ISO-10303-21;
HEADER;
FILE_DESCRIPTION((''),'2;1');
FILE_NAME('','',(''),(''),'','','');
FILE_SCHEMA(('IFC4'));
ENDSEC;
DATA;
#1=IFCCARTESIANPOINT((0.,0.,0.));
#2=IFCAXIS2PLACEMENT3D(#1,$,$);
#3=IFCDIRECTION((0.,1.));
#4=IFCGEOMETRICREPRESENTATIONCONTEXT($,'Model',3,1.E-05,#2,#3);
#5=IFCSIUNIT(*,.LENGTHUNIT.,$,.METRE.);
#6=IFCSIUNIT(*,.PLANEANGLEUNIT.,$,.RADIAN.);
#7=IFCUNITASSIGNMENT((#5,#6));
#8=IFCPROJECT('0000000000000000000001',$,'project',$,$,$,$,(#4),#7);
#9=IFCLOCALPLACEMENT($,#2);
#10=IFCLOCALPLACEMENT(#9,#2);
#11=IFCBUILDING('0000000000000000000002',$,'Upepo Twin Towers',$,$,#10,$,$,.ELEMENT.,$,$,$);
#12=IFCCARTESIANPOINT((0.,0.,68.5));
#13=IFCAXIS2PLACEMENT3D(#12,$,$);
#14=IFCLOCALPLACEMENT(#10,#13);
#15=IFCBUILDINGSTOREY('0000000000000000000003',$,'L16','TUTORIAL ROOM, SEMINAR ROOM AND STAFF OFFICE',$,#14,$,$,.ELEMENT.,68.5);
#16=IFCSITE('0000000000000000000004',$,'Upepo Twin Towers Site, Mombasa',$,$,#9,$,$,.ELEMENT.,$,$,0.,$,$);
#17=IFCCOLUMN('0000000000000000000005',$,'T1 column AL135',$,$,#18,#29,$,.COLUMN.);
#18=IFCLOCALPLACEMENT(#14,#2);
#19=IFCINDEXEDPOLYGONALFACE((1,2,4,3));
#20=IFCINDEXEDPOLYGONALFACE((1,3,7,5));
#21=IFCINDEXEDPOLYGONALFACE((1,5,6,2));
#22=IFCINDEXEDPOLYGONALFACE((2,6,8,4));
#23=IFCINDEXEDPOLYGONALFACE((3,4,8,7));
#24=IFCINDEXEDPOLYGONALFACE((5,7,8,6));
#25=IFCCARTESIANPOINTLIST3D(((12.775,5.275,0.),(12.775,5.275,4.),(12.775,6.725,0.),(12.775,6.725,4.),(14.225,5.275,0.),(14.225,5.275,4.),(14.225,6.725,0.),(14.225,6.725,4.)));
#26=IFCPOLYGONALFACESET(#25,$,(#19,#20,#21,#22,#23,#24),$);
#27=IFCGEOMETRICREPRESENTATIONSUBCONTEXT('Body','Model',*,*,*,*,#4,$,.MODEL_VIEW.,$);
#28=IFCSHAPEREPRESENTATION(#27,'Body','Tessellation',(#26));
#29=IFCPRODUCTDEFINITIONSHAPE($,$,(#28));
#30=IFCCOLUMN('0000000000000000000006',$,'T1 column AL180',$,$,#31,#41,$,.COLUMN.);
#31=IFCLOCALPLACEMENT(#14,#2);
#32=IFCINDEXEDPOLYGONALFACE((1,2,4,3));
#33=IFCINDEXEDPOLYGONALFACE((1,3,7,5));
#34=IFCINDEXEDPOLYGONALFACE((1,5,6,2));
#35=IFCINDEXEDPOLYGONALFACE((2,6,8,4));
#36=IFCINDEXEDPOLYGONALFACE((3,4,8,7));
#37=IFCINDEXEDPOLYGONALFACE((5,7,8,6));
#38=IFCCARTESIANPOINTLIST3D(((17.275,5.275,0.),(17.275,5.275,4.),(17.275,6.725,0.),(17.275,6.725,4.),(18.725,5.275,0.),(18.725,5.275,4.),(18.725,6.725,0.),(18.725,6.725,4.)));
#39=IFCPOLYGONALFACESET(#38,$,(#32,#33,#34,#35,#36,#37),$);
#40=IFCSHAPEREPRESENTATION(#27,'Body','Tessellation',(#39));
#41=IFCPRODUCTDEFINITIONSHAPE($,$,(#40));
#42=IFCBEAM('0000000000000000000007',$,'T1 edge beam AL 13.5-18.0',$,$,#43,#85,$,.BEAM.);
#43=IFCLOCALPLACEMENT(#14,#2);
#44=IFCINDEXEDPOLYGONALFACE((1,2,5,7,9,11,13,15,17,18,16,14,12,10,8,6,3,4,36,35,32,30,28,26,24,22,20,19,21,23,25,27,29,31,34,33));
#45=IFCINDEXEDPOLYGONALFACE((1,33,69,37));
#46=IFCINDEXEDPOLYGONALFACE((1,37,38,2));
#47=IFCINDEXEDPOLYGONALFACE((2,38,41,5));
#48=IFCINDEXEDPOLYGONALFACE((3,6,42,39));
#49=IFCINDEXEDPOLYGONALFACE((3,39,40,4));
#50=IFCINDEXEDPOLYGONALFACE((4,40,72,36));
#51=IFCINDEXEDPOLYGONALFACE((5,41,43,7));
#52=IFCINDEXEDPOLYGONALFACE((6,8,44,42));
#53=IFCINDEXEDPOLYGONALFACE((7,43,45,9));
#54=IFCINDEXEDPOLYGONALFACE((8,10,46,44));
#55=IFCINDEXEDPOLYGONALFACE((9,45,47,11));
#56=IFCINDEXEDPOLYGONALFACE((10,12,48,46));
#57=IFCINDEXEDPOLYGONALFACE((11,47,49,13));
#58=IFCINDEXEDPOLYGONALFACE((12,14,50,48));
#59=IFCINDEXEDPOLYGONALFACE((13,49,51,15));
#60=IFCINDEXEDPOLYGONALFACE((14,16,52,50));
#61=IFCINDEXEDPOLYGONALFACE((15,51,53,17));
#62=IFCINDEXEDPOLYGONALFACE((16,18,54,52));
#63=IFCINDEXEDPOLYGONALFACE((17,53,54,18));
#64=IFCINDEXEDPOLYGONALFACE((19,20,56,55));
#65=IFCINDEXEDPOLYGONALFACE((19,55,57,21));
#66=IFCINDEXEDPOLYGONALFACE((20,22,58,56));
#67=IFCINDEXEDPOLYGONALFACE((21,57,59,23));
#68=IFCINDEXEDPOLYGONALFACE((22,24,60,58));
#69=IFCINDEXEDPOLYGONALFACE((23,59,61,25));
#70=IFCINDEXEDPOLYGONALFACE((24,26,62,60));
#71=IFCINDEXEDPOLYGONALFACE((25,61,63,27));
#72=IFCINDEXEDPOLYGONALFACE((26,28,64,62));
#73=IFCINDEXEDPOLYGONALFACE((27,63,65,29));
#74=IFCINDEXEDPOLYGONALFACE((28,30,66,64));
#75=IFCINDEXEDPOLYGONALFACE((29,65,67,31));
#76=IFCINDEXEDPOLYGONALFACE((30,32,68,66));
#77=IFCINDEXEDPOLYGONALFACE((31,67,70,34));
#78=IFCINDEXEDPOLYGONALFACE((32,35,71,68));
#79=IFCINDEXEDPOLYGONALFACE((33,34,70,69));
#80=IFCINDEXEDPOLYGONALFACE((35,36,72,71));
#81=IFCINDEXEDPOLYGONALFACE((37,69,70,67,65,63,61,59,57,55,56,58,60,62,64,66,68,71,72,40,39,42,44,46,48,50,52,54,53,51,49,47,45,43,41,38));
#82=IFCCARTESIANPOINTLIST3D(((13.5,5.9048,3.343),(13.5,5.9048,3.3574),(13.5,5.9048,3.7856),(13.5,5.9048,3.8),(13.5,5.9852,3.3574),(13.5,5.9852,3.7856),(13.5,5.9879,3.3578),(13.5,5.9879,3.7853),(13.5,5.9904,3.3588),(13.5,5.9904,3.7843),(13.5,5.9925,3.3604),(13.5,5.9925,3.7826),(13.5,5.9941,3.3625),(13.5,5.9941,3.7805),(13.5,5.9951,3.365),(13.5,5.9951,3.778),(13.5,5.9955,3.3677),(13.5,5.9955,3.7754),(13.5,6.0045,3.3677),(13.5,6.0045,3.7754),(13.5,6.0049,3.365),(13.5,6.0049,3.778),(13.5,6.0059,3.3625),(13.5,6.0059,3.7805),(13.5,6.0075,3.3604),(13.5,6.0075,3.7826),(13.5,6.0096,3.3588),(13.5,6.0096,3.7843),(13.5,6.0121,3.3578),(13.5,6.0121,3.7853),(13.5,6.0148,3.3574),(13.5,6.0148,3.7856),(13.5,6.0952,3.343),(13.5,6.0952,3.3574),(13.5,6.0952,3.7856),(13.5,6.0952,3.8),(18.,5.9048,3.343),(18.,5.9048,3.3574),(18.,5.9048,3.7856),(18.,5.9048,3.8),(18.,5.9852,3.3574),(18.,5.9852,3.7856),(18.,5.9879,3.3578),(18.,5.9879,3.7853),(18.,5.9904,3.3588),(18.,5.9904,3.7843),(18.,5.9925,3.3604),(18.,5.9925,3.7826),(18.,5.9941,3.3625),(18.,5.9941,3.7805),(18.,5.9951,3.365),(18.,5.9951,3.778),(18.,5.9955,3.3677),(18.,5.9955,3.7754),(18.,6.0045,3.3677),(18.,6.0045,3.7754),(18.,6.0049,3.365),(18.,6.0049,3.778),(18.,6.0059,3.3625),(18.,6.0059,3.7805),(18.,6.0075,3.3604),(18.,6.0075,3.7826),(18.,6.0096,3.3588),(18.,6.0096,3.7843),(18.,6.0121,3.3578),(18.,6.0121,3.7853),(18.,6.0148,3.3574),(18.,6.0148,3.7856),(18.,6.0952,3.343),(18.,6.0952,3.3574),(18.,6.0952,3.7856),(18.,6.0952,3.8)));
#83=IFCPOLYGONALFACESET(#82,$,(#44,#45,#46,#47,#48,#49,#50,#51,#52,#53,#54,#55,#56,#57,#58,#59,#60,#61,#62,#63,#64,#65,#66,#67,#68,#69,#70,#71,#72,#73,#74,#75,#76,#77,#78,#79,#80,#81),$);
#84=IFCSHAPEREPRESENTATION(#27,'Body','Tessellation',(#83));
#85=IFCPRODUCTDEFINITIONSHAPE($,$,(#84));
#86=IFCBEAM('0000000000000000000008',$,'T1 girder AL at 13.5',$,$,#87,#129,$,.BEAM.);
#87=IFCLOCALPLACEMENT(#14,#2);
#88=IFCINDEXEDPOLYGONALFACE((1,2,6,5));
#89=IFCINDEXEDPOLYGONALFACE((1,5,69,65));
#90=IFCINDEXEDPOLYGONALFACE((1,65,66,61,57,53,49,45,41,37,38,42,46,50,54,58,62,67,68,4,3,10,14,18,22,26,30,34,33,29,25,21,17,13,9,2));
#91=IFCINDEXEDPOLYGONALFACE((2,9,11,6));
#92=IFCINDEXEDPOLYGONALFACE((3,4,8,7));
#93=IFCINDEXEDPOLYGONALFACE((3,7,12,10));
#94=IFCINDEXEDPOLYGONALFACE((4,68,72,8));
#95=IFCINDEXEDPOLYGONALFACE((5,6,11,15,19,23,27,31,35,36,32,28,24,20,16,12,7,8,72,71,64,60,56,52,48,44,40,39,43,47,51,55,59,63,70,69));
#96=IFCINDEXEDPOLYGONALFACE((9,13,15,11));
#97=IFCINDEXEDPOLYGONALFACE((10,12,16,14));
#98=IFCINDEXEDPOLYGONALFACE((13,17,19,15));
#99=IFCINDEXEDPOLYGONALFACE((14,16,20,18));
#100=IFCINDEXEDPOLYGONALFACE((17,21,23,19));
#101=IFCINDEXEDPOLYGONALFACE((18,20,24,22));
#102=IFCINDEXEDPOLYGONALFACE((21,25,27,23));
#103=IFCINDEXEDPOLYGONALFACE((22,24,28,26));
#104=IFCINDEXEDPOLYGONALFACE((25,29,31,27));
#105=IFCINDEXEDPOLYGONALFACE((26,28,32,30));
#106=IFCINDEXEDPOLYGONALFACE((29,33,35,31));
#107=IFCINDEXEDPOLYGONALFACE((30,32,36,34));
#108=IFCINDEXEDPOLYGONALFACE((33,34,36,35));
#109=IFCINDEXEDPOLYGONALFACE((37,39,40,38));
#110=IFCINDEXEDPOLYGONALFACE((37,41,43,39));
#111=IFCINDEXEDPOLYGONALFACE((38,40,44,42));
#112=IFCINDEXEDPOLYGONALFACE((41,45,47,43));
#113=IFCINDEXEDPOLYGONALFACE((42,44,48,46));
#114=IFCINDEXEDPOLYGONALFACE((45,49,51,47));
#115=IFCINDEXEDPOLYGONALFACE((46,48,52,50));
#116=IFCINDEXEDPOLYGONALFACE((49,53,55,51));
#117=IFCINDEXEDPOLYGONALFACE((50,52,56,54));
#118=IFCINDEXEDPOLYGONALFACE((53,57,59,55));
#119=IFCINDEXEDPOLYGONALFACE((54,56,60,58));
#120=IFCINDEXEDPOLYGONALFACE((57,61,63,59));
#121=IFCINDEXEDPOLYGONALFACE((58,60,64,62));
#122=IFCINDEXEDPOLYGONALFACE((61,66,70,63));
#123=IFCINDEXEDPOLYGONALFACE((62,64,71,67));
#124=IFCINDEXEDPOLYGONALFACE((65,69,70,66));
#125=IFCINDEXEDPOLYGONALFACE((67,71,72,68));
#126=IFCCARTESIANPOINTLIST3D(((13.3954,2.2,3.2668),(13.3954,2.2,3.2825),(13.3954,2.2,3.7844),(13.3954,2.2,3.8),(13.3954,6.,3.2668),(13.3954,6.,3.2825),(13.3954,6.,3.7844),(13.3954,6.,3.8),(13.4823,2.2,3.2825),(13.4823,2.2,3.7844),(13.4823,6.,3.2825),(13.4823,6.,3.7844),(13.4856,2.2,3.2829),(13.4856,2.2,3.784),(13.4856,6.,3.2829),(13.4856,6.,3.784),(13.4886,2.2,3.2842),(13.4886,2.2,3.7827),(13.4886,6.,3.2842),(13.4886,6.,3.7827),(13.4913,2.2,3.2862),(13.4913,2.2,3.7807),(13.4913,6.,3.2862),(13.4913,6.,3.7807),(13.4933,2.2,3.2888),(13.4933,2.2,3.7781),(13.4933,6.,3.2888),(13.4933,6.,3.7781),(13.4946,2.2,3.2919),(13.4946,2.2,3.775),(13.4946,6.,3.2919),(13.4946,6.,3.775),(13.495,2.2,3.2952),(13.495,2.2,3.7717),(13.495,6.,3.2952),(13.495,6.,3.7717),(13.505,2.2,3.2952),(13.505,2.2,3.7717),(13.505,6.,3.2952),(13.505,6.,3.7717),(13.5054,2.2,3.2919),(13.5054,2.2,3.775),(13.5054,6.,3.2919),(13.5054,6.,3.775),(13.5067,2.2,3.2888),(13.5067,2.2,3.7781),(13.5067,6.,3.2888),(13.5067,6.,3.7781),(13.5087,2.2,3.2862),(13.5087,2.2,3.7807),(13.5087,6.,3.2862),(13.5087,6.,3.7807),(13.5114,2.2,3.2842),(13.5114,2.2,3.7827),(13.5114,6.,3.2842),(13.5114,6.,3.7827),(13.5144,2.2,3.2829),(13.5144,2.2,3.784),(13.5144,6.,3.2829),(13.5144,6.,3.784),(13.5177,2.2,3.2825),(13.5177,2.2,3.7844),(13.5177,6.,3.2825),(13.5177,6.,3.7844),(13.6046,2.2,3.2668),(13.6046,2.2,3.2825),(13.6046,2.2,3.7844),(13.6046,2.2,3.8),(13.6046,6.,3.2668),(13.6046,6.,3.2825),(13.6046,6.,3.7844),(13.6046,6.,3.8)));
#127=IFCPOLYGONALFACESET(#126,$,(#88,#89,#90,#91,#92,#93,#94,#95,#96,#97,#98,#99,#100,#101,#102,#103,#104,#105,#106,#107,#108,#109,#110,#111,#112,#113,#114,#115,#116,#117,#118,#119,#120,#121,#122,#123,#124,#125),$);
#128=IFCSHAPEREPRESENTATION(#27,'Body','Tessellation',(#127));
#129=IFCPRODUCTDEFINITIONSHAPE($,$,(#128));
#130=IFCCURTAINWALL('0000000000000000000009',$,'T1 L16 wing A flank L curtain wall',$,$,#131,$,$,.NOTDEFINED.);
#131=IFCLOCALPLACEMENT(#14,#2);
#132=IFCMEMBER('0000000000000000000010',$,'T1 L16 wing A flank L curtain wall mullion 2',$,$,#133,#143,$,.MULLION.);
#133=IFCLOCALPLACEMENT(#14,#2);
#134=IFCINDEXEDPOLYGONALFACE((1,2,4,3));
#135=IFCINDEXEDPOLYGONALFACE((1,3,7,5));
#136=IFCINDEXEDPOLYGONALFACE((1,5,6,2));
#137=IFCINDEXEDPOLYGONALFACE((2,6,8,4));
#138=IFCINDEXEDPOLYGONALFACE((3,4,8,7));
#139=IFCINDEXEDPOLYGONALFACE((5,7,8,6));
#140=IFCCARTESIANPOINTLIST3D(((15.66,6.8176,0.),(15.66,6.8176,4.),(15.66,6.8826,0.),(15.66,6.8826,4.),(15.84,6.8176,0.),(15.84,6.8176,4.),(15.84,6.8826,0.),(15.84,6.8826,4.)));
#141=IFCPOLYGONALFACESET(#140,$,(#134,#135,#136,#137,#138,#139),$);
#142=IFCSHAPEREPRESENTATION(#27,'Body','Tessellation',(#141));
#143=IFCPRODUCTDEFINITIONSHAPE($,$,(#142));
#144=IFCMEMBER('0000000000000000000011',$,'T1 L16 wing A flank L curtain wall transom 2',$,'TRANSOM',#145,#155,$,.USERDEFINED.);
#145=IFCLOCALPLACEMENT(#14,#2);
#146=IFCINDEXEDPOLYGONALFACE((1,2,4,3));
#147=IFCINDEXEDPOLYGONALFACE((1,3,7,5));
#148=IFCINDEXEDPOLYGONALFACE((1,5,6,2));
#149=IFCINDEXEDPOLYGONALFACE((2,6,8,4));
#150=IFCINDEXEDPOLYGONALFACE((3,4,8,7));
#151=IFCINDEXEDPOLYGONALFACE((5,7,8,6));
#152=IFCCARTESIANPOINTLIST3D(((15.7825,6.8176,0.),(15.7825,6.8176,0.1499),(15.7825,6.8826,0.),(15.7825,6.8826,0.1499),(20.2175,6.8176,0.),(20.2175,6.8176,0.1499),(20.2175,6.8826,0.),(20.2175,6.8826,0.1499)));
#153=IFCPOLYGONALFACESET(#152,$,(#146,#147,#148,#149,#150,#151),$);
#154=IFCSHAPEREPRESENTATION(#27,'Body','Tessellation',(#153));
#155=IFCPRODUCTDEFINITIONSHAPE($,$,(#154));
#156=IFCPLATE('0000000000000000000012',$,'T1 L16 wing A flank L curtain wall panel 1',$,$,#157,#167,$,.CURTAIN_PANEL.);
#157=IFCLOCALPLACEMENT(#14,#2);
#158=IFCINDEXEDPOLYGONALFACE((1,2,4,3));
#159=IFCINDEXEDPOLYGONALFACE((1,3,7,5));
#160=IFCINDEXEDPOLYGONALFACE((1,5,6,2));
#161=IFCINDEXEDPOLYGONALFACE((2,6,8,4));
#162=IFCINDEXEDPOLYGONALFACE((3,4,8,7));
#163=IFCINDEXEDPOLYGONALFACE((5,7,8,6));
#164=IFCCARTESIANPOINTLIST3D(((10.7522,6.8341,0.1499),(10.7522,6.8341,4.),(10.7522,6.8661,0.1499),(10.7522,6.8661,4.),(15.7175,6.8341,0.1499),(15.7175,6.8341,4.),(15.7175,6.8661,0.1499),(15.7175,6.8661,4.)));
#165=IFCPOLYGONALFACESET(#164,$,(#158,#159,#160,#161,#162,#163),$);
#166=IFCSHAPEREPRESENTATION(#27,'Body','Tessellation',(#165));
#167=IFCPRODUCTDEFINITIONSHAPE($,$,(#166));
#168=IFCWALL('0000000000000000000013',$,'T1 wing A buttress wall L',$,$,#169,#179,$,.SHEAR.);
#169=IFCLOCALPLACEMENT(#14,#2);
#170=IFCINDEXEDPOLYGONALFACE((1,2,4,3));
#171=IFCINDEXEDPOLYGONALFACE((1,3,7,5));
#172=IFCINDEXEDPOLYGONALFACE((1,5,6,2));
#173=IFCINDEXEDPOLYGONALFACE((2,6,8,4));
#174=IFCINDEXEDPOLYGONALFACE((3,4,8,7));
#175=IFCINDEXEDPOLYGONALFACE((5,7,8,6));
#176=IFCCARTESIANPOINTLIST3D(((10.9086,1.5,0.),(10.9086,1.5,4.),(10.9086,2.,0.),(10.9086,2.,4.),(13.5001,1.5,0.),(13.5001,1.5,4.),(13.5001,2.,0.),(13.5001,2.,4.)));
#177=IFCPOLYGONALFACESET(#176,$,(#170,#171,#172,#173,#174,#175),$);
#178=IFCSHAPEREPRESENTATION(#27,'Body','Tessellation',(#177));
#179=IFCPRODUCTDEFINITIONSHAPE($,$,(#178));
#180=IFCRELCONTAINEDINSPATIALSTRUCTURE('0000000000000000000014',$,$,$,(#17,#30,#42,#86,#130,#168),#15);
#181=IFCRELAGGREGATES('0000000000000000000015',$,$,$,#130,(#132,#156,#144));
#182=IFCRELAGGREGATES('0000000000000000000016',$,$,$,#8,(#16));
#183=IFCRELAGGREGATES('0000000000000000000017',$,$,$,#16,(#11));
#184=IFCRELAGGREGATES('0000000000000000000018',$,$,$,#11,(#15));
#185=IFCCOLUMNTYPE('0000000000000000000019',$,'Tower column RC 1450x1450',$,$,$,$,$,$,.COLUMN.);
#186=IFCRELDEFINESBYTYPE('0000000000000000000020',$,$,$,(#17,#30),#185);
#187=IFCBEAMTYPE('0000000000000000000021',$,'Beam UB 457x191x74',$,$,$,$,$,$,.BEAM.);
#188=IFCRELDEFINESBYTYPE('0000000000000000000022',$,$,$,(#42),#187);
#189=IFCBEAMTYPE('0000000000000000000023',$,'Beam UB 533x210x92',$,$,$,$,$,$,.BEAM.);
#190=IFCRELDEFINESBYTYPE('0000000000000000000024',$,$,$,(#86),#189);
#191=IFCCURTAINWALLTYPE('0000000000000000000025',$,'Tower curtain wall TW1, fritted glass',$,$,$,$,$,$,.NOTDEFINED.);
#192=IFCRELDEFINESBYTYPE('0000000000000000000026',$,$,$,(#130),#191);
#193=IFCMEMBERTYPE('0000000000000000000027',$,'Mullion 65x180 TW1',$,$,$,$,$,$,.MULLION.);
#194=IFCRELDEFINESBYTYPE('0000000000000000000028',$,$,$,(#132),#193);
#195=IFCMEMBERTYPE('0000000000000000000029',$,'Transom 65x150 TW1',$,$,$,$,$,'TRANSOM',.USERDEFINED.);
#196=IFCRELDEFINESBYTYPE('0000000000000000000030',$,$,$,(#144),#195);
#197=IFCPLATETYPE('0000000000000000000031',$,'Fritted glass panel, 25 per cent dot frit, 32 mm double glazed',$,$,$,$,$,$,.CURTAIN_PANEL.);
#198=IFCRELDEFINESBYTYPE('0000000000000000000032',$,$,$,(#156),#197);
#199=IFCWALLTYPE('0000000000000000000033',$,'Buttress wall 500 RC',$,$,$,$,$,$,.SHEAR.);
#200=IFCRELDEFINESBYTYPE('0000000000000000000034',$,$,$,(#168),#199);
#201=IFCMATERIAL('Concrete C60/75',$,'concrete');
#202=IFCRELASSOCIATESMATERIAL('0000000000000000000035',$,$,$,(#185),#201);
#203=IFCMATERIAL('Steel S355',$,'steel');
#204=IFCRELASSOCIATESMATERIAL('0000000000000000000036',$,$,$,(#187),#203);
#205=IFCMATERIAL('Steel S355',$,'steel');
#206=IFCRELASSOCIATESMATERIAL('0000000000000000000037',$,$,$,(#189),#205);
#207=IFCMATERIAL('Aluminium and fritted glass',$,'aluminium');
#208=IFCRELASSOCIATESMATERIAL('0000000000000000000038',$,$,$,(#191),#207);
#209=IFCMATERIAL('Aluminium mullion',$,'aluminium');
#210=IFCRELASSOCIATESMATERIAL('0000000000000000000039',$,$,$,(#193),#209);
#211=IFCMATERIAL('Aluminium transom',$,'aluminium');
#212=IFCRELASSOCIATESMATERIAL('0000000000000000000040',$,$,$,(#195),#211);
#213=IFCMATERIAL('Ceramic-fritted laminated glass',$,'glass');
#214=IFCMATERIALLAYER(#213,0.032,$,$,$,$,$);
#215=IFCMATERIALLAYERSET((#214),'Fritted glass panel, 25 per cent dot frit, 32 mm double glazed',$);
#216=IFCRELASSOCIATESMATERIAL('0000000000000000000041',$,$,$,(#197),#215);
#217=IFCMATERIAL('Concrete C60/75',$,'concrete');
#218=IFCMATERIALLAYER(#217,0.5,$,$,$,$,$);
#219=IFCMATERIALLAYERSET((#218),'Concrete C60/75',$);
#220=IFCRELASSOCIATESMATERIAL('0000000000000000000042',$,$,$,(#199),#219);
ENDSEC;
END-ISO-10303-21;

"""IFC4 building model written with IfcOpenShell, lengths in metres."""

from ifc_helpers import new_model, si_unit, direction, frame, frame_2d, origin, origin_2d, place, context, subcontext, project, spatial, rectangle, i_section, extrude, material, layer, layer_set, material_profile, profile_set, type_object, element, aggregate, save


model = new_model("IFC4")

# Units and contexts
model_context = context("Model", 3, precision=1e-05, world=origin(), true_north=direction((0.0, 1.0)))
body_context = subcontext(model_context, "Body", "Model", "MODEL_VIEW")
ifc_project = project(units=[si_unit("LENGTHUNIT", "METRE"), si_unit("PLANEANGLEUNIT", "RADIAN")], contexts=[model_context])

# Site, building, storey
site_placement = place(None, origin())
site = spatial("IfcSite", under=ifc_project, at=site_placement, Name="Upepo Twin Towers Site, Mombasa", CompositionType="ELEMENT", RefElevation=0.0)
building_placement = place(site_placement, origin())
building = spatial("IfcBuilding", under=site, at=building_placement, Name="Upepo Twin Towers", CompositionType="ELEMENT")
storey_placement = place(building_placement, frame((0.0, 0.0, 68.5)))
storey = spatial("IfcBuildingStorey", under=building, at=storey_placement, Name="L16", Description="TUTORIAL ROOM, SEMINAR ROOM AND STAFF OFFICE", CompositionType="ELEMENT", Elevation=68.5)

# Columns
ifc_material_1 = material(Name="Concrete C60/75", Category="concrete")
ifc_material_profile_1 = material_profile(ifc_material_1, rectangle(XDim=1.45, YDim=1.45, at=origin_2d()), Name="RC 1450x1450")
ifc_profile_set_1 = profile_set([ifc_material_profile_1], Name="Concrete C60/75")
column_type = type_object("IfcColumnType", Name="Tower column RC 1450x1450", PredefinedType="COLUMN", material=ifc_profile_set_1)
for number, where, z_axis, x_axis, name in (
    (1, (13.5, 6.0, 0.0), (0.0, 0.0, 1.0), (1.0, 0.0, 0.0), "T1 column AL135"),
    (2, (18.0, 6.0, 0.0), (0.0, 0.0, 1.0), (1.0, 0.0, 0.0), "T1 column AL180"),
):
    element("IfcColumn", number, at=place(storey_placement, frame(where, z_axis=z_axis, x_axis=x_axis)), inside=storey, type_object=column_type, Name=name, PredefinedType="COLUMN", context=body_context, shape_type="SweptSolid", body=[
        extrude(rectangle(XDim=1.45, YDim=1.45, at=origin_2d()), origin(), (0.0, 0.0, 1.0), 4.0),
    ])

# Beams
ifc_material_2 = material(Name="Steel S355", Category="steel")
ifc_material_profile_2 = material_profile(ifc_material_2, i_section(OverallWidth=0.1904, OverallDepth=0.457, WebThickness=0.009, FlangeThickness=0.0144, FilletRadius=0.0103, at=origin_2d()), Name="UB 457x191x74")
ifc_profile_set_2 = profile_set([ifc_material_profile_2], Name="Steel S355")
beam_type_1 = type_object("IfcBeamType", Name="Beam UB 457x191x74", PredefinedType="BEAM", material=ifc_profile_set_2)
beam_1_placement = place(storey_placement, frame((13.5, 6.0, 3.5715), z_axis=(1.0, 0.0, 0.0), x_axis=(0.0, 1.0, 0.0)))
element("IfcBeam", 3, at=beam_1_placement, inside=storey, type_object=beam_type_1, Name="T1 edge beam AL 13.5-18.0", PredefinedType="BEAM", context=body_context, shape_type="SweptSolid", body=[
    extrude(i_section(OverallWidth=0.1904, OverallDepth=0.457, WebThickness=0.009, FlangeThickness=0.0144, FilletRadius=0.0103, at=origin_2d()), origin(), (0.0, 0.0, 1.0), 4.5),
])
ifc_material_3 = material(Name="Steel S355", Category="steel")
ifc_material_profile_3 = material_profile(ifc_material_3, i_section(OverallWidth=0.2092, OverallDepth=0.5332, WebThickness=0.01, FlangeThickness=0.0156, FilletRadius=0.0127, at=origin_2d()), Name="UB 533x210x92")
ifc_profile_set_3 = profile_set([ifc_material_profile_3], Name="Steel S355")
beam_type_2 = type_object("IfcBeamType", Name="Beam UB 533x210x92", PredefinedType="BEAM", material=ifc_profile_set_3)
beam_2_placement = place(storey_placement, frame((13.5, 6.0, 3.5334), z_axis=(0.0, -1.0, 0.0), x_axis=(1.0, 0.0, 0.0)))
element("IfcBeam", 4, at=beam_2_placement, inside=storey, type_object=beam_type_2, Name="T1 girder AL at 13.5", PredefinedType="BEAM", context=body_context, shape_type="SweptSolid", body=[
    extrude(i_section(OverallWidth=0.2092, OverallDepth=0.5332, WebThickness=0.01, FlangeThickness=0.0156, FilletRadius=0.0127, at=origin_2d()), origin(), (0.0, 0.0, 1.0), 3.8),
])

# Curtain wall, members, plate
ifc_material_4 = material(Name="Aluminium and fritted glass", Category="aluminium")
curtain_wall_type = type_object("IfcCurtainWallType", Name="Tower curtain wall TW1, fritted glass", PredefinedType="NOTDEFINED", material=ifc_material_4)
curtain_wall_placement = place(storey_placement, origin())
curtain_wall = element("IfcCurtainWall", 5, at=curtain_wall_placement, inside=storey, type_object=curtain_wall_type, Name="T1 L16 wing A flank L curtain wall", PredefinedType="NOTDEFINED")
ifc_material_5 = material(Name="Aluminium mullion", Category="aluminium")
ifc_material_profile_4 = material_profile(ifc_material_5, rectangle(XDim=0.0649, YDim=0.1799, at=origin_2d()), Name="MULLION 65x180")
ifc_profile_set_4 = profile_set([ifc_material_profile_4], Name="Aluminium mullion")
member_type_1 = type_object("IfcMemberType", Name="Mullion 65x180 TW1", PredefinedType="MULLION", material=ifc_profile_set_4)
member_1_placement = place(storey_placement, frame((15.75, 6.8501, 0.0), z_axis=(0.0, 0.0, 1.0), x_axis=(0.0, 1.0, 0.0)))
member_1 = element("IfcMember", 6, at=member_1_placement, type_object=member_type_1, Name="T1 L16 wing A flank L curtain wall mullion 2", PredefinedType="MULLION", context=body_context, shape_type="SweptSolid", body=[
    extrude(rectangle(XDim=0.0649, YDim=0.1799, at=origin_2d()), origin(), (0.0, 0.0, 1.0), 4.0),
])
ifc_material_6 = material(Name="Aluminium transom", Category="aluminium")
ifc_material_profile_5 = material_profile(ifc_material_6, rectangle(XDim=0.0649, YDim=0.1499, at=origin_2d()), Name="TRANSOM 65x150")
ifc_profile_set_5 = profile_set([ifc_material_profile_5], Name="Aluminium transom")
member_type_2 = type_object("IfcMemberType", Name="Transom 65x150 TW1", ElementType="TRANSOM", PredefinedType="USERDEFINED", material=ifc_profile_set_5)
member_2_placement = place(storey_placement, frame((15.7825, 6.8501, 0.075), z_axis=(1.0, 0.0, 0.0), x_axis=(0.0, 1.0, 0.0)))
member_2 = element("IfcMember", 7, at=member_2_placement, type_object=member_type_2, Name="T1 L16 wing A flank L curtain wall transom 2", ObjectType="TRANSOM", PredefinedType="USERDEFINED", context=body_context, shape_type="SweptSolid", body=[
    extrude(rectangle(XDim=0.0649, YDim=0.1499, at=origin_2d()), origin(), (0.0, 0.0, 1.0), 4.4351),
])
ifc_material_7 = material(Name="Ceramic-fritted laminated glass", Category="glass")
ifc_layer_1 = layer(ifc_material_7, 0.032)
ifc_layer_set_1 = layer_set([ifc_layer_1], Name="Fritted glass panel, 25 per cent dot frit, 32 mm double glazed")
plate_type = type_object("IfcPlateType", Name="Fritted glass panel, 25 per cent dot frit, 32 mm double glazed", PredefinedType="CURTAIN_PANEL", material=ifc_layer_set_1)
plate_placement = place(storey_placement, frame((13.2349, 6.8501, 0.1499), z_axis=(0.0, 0.0, 1.0), x_axis=(1.0, 0.0, 0.0)))
plate = element("IfcPlate", 8, at=plate_placement, type_object=plate_type, Name="T1 L16 wing A flank L curtain wall panel 1", PredefinedType="CURTAIN_PANEL", context=body_context, shape_type="SweptSolid", body=[
    extrude(rectangle(XDim=4.9653, YDim=0.032, at=origin_2d()), origin(), (0.0, 0.0, 1.0), 3.8501),
])
aggregate(curtain_wall, [member_1, plate, member_2])

# Wall
ifc_material_8 = material(Name="Concrete C60/75", Category="concrete")
ifc_layer_2 = layer(ifc_material_8, 0.5)
ifc_layer_set_2 = layer_set([ifc_layer_2], Name="Concrete C60/75")
wall_type_1 = type_object("IfcWallType", Name="Buttress wall 500 RC", PredefinedType="SHEAR", material=ifc_layer_set_2)
wall_1_placement = place(storey_placement, frame((10.9084, 1.75, 0.0), z_axis=(0.0, 0.0, 1.0), x_axis=(1.0, 0.0, 0.0)))
element("IfcWall", 9, at=wall_1_placement, inside=storey, type_object=wall_type_1, Name="T1 wing A buttress wall L", PredefinedType="SHEAR", context=body_context, shape_type="SweptSolid", body=[
    extrude(rectangle(XDim=2.5916, YDim=0.5, at=frame_2d((1.2959, 0.0))), origin(), (0.0, 0.0, 1.0), 4.0),
])

save(model, "model.ifc")
